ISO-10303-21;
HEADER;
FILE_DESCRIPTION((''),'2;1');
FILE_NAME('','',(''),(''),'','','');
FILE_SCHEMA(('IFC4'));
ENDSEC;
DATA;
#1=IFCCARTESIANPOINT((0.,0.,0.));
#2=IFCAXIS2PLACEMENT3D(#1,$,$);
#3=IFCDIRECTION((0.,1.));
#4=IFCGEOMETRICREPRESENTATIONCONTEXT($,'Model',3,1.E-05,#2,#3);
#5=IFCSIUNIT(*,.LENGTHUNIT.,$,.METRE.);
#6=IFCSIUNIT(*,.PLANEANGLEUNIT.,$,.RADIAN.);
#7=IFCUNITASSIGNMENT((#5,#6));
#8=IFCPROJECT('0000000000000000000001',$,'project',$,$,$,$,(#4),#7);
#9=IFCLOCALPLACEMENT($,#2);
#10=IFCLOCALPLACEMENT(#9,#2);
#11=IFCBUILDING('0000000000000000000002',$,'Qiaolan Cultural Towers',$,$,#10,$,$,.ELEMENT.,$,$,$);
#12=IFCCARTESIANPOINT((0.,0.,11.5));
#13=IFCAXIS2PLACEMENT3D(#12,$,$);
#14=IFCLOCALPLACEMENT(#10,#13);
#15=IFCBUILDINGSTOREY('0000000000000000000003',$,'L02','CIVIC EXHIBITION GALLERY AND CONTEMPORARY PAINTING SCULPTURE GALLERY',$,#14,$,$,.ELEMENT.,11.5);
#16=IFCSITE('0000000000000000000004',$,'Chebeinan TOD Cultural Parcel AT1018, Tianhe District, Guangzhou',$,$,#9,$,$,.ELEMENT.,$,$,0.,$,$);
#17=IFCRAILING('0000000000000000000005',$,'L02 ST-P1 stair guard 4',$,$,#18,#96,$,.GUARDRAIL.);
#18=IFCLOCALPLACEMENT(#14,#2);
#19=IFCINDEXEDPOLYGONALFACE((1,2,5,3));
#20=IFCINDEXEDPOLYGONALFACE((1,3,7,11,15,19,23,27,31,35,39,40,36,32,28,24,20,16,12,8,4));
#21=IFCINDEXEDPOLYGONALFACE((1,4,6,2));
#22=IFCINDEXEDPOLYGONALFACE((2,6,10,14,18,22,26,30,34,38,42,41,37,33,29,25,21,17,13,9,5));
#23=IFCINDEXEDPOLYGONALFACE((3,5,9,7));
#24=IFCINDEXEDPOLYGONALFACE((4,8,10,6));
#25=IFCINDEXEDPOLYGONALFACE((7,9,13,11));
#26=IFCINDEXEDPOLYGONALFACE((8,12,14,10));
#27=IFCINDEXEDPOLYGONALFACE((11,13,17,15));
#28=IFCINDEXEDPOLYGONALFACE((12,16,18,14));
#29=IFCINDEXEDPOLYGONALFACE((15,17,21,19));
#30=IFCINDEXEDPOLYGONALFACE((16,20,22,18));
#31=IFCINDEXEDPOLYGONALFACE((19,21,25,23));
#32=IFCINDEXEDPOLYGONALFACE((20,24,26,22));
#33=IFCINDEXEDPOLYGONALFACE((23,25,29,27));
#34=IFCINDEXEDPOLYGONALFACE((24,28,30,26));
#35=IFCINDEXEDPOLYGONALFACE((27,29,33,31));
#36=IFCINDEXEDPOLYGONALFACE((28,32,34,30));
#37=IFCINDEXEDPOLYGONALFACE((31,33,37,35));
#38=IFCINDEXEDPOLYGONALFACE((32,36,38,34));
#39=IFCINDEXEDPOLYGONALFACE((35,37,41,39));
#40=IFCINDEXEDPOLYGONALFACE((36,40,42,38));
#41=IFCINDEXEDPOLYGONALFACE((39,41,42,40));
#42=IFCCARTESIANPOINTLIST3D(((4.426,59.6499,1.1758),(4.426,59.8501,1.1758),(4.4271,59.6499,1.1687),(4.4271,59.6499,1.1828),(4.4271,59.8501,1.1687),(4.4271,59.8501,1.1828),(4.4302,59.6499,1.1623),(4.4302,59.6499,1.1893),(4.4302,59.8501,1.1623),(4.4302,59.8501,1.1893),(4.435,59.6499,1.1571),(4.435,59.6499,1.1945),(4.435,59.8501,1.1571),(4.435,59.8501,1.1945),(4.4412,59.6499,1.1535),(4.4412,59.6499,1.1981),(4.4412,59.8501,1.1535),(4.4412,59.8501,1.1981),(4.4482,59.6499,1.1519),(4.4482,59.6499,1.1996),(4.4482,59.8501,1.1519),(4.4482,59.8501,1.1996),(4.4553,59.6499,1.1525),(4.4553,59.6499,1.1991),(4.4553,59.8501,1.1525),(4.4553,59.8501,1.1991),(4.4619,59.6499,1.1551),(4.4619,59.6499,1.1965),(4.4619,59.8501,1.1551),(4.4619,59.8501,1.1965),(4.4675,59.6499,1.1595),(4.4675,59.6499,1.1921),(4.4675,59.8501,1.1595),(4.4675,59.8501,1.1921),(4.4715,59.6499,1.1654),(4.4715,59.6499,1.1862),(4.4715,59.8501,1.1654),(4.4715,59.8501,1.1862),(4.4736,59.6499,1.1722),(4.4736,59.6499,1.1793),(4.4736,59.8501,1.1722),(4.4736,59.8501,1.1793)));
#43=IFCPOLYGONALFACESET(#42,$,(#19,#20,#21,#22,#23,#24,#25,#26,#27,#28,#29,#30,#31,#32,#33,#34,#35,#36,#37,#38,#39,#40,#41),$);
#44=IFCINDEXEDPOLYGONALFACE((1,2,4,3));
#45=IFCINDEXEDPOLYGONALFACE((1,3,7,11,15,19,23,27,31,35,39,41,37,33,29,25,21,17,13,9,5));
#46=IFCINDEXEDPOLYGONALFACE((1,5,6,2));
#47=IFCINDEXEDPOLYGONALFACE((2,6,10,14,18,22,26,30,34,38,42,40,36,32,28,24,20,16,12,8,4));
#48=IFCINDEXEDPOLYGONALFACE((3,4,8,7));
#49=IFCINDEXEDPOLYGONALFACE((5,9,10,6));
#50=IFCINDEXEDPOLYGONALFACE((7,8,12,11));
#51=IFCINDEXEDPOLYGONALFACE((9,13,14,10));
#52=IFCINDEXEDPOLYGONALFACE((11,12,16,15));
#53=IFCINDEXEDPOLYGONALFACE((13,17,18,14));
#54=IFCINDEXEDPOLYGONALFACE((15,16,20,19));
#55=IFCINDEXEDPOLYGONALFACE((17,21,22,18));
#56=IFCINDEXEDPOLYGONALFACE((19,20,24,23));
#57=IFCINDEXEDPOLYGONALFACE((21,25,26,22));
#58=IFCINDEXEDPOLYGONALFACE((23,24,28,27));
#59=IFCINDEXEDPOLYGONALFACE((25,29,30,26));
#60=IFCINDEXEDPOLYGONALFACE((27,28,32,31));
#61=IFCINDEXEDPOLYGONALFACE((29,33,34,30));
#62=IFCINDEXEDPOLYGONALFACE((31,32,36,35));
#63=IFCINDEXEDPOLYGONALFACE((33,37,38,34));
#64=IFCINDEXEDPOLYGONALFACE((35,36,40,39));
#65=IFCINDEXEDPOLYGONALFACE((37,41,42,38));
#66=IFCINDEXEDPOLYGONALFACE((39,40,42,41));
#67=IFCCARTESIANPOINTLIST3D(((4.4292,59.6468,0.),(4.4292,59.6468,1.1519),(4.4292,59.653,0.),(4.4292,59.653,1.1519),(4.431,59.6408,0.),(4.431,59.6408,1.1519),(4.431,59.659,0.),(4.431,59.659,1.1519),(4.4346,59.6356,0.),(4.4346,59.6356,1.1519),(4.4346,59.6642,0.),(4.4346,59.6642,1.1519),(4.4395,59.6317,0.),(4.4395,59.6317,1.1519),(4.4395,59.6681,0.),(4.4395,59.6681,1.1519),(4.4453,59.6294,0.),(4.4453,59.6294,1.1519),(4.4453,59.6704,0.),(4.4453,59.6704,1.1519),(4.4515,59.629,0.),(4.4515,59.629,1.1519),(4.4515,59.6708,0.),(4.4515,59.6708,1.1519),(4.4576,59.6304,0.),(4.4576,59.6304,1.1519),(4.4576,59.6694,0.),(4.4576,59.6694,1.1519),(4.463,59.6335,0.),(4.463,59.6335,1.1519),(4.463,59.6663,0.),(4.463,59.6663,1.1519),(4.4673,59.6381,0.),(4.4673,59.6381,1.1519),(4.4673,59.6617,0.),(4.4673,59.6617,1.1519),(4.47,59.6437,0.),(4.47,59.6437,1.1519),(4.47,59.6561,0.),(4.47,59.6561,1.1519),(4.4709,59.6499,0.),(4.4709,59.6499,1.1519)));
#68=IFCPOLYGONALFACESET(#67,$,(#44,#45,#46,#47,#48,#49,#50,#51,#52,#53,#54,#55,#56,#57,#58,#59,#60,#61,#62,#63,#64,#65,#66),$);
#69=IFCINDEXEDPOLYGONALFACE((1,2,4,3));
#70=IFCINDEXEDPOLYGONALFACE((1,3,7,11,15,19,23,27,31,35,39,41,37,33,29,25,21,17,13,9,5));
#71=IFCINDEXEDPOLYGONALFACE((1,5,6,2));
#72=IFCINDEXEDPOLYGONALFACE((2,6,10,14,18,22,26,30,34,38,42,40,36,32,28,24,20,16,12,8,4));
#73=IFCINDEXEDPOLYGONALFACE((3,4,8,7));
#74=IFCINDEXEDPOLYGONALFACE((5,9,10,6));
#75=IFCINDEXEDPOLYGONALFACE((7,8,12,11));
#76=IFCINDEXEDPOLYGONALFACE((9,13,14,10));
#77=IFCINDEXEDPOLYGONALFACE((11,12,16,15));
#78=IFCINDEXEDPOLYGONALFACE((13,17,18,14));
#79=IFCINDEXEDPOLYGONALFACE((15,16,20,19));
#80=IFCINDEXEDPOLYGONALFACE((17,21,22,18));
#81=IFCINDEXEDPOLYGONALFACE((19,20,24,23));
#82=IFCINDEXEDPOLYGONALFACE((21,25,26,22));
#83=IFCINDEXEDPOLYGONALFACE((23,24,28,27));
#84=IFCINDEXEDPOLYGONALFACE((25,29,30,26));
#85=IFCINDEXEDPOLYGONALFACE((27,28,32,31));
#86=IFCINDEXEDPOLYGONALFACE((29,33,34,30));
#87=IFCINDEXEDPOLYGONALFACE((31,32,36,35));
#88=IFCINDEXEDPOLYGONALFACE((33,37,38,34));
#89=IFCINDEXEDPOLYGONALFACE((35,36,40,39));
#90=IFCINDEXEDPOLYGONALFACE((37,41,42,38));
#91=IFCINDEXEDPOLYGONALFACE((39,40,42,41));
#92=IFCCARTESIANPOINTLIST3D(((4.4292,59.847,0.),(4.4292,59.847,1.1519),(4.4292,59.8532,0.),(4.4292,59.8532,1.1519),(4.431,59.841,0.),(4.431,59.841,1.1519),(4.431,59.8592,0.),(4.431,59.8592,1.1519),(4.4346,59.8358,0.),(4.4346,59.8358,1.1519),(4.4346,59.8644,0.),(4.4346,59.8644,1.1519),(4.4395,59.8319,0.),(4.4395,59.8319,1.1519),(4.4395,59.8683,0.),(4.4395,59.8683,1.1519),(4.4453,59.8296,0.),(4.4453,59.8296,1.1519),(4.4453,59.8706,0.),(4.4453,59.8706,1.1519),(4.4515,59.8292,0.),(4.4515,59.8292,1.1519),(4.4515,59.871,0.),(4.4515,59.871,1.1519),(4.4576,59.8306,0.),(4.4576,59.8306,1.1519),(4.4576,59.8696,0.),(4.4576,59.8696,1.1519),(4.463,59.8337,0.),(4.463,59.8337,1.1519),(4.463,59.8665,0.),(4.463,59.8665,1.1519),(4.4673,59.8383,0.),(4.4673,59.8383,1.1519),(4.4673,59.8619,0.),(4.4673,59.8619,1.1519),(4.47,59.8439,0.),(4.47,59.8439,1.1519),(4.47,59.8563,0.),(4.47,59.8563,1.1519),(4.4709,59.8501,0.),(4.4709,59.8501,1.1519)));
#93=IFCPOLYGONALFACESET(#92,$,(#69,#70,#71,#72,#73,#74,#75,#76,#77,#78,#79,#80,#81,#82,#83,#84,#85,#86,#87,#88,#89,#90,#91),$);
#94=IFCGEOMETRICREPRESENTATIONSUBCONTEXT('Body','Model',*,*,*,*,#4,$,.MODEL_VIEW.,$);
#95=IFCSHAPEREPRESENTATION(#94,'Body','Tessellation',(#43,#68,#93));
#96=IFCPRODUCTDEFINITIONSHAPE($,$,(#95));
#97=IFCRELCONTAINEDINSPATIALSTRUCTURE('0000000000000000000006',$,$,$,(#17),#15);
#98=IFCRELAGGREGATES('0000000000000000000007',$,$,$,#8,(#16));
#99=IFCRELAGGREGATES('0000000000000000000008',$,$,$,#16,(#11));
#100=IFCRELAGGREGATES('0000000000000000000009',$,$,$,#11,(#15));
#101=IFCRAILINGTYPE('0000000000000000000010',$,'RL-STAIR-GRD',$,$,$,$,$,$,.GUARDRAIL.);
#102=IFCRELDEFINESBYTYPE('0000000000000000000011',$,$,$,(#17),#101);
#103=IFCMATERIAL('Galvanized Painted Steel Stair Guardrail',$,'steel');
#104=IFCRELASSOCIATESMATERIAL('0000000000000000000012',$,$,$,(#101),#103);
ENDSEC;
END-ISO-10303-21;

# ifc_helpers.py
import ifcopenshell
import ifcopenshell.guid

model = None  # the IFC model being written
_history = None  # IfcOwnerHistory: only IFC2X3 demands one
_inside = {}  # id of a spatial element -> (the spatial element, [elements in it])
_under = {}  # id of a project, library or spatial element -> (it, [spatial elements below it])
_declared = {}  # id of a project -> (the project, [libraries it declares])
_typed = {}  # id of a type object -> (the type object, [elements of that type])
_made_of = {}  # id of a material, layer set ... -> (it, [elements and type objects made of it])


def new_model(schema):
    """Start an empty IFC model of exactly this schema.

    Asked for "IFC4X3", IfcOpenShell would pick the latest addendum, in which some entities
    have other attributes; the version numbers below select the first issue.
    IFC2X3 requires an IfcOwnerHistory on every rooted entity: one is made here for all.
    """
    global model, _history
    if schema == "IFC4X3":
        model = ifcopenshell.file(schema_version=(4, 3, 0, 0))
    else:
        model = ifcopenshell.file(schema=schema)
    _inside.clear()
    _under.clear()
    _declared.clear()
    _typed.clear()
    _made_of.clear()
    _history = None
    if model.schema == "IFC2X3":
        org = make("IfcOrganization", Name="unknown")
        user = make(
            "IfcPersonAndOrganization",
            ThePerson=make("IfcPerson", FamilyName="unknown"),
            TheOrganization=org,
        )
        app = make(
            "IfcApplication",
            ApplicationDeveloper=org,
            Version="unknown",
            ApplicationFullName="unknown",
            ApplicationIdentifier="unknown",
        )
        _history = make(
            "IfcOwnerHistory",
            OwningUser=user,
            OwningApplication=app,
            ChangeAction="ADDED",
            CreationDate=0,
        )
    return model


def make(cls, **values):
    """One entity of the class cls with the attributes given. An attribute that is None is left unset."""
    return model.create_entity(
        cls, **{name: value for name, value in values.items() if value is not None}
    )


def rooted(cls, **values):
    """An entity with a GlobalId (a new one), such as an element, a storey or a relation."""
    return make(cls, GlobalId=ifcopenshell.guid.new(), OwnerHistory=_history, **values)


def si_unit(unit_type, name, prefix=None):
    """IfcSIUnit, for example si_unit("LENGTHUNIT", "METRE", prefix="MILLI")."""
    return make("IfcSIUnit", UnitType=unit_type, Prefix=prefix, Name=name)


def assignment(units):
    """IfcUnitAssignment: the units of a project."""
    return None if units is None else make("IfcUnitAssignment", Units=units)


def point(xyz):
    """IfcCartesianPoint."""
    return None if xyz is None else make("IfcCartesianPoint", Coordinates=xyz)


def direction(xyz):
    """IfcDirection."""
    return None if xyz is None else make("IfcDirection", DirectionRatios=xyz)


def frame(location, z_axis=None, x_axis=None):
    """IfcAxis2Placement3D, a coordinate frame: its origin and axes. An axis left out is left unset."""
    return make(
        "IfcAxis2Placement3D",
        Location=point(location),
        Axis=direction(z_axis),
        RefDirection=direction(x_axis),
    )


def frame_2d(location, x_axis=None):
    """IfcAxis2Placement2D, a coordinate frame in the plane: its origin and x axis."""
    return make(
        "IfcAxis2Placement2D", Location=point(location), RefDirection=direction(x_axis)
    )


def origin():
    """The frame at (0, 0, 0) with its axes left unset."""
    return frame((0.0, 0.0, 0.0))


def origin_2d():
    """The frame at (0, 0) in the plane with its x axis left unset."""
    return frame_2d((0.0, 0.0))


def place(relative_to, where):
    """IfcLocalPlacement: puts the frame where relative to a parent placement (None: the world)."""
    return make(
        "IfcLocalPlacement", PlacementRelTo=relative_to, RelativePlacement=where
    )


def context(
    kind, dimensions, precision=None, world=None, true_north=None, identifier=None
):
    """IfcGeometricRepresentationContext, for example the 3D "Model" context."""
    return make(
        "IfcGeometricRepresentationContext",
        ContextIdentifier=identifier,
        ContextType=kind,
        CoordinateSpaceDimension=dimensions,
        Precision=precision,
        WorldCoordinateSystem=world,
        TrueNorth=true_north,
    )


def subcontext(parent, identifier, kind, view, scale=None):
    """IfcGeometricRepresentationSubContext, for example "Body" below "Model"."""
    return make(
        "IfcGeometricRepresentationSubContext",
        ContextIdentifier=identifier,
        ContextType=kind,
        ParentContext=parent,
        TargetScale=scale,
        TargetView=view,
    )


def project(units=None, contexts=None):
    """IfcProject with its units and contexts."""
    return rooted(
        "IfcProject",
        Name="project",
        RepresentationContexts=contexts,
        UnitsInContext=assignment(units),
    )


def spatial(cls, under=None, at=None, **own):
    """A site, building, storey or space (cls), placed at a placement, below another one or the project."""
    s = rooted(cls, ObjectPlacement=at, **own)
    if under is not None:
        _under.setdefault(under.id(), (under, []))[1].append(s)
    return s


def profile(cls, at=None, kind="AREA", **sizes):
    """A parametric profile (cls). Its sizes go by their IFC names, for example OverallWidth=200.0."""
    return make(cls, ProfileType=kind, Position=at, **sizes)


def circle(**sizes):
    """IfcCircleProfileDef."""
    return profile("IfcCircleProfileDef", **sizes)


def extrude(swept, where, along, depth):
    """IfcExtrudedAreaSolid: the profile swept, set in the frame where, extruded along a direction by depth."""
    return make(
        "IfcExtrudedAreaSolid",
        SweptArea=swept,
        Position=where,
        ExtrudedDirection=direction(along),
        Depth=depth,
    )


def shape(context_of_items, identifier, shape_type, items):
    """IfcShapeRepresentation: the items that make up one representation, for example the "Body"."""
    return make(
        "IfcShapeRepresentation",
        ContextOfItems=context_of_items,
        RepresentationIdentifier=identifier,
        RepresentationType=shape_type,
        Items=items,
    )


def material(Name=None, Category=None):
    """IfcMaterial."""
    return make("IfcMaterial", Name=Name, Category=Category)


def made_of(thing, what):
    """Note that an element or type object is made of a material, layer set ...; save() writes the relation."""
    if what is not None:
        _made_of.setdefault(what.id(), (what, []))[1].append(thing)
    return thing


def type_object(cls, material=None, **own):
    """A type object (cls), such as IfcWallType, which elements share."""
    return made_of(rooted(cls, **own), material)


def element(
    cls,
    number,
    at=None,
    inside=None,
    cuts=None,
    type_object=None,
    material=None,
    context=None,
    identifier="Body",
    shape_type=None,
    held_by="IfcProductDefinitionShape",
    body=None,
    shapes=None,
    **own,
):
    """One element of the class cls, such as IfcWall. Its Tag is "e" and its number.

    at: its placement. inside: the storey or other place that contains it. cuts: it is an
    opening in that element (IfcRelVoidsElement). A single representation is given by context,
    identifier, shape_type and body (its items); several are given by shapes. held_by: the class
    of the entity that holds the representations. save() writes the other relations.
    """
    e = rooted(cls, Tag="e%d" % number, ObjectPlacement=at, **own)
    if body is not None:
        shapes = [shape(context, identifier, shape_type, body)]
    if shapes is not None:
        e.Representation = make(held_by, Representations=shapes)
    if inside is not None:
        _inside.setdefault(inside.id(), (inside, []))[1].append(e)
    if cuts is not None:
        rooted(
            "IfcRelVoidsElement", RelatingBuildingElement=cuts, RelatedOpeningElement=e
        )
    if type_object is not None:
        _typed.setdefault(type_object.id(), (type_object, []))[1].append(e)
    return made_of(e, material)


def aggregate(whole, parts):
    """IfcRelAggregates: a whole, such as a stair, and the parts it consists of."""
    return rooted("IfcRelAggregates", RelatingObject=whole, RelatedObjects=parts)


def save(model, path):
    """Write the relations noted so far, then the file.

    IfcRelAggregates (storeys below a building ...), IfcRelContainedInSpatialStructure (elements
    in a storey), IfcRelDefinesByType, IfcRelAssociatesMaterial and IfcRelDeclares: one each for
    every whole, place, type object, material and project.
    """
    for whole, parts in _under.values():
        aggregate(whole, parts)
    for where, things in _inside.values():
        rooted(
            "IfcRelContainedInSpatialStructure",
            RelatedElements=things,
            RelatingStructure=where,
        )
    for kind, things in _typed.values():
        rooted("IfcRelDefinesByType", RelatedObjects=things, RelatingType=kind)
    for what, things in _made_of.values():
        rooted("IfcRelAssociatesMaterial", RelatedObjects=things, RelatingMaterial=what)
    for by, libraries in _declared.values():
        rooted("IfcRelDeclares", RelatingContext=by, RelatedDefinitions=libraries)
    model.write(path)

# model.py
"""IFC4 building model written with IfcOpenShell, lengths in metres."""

from ifc_helpers import new_model, si_unit, direction, frame, origin, origin_2d, place, context, subcontext, project, spatial, circle, extrude, material, type_object, element, save


model = new_model("IFC4")

# Units and contexts
model_context = context("Model", 3, precision=1e-05, world=origin(), true_north=direction((0.0, 1.0)))
body_context = subcontext(model_context, "Body", "Model", "MODEL_VIEW")
ifc_project = project(units=[si_unit("LENGTHUNIT", "METRE"), si_unit("PLANEANGLEUNIT", "RADIAN")], contexts=[model_context])

# Site, building, storey
site_placement = place(None, origin())
site = spatial("IfcSite", under=ifc_project, at=site_placement, Name="Chebeinan TOD Cultural Parcel AT1018, Tianhe District, Guangzhou", CompositionType="ELEMENT", RefElevation=0.0)
building_placement = place(site_placement, origin())
building = spatial("IfcBuilding", under=site, at=building_placement, Name="Qiaolan Cultural Towers", CompositionType="ELEMENT")
storey_placement = place(building_placement, frame((0.0, 0.0, 11.5)))
storey = spatial("IfcBuildingStorey", under=building, at=storey_placement, Name="L02", Description="CIVIC EXHIBITION GALLERY AND CONTEMPORARY PAINTING SCULPTURE GALLERY", CompositionType="ELEMENT", Elevation=11.5)

# Railing
ifc_material_1 = material(Name="Galvanized Painted Steel Stair Guardrail", Category="steel")
railing_type_1 = type_object("IfcRailingType", Name="RL-STAIR-GRD", PredefinedType="GUARDRAIL", material=ifc_material_1)
railing_1_placement = place(storey_placement, frame((4.45, 59.6499, 0.0)))
element("IfcRailing", 1, at=railing_1_placement, inside=storey, type_object=railing_type_1, Name="L02 ST-P1 stair guard 4", PredefinedType="GUARDRAIL", context=body_context, shape_type="SweptSolid", body=[
    extrude(circle(Radius=0.0239, at=origin_2d()), frame((0.0, 0.0, 1.1758), z_axis=(0.0, 1.0, 0.0), x_axis=(-1.0, 0.0, 0.0)), (0.0, 0.0, 1.0), 0.2002),
    extrude(circle(Radius=0.021, at=origin_2d()), origin(), (0.0, 0.0, 1.0), 1.1519),
    extrude(circle(Radius=0.021, at=origin_2d()), frame((0.0, 0.2002, 0.0)), (0.0, 0.0, 1.0), 1.1519),
])

save(model, "model.ifc")
